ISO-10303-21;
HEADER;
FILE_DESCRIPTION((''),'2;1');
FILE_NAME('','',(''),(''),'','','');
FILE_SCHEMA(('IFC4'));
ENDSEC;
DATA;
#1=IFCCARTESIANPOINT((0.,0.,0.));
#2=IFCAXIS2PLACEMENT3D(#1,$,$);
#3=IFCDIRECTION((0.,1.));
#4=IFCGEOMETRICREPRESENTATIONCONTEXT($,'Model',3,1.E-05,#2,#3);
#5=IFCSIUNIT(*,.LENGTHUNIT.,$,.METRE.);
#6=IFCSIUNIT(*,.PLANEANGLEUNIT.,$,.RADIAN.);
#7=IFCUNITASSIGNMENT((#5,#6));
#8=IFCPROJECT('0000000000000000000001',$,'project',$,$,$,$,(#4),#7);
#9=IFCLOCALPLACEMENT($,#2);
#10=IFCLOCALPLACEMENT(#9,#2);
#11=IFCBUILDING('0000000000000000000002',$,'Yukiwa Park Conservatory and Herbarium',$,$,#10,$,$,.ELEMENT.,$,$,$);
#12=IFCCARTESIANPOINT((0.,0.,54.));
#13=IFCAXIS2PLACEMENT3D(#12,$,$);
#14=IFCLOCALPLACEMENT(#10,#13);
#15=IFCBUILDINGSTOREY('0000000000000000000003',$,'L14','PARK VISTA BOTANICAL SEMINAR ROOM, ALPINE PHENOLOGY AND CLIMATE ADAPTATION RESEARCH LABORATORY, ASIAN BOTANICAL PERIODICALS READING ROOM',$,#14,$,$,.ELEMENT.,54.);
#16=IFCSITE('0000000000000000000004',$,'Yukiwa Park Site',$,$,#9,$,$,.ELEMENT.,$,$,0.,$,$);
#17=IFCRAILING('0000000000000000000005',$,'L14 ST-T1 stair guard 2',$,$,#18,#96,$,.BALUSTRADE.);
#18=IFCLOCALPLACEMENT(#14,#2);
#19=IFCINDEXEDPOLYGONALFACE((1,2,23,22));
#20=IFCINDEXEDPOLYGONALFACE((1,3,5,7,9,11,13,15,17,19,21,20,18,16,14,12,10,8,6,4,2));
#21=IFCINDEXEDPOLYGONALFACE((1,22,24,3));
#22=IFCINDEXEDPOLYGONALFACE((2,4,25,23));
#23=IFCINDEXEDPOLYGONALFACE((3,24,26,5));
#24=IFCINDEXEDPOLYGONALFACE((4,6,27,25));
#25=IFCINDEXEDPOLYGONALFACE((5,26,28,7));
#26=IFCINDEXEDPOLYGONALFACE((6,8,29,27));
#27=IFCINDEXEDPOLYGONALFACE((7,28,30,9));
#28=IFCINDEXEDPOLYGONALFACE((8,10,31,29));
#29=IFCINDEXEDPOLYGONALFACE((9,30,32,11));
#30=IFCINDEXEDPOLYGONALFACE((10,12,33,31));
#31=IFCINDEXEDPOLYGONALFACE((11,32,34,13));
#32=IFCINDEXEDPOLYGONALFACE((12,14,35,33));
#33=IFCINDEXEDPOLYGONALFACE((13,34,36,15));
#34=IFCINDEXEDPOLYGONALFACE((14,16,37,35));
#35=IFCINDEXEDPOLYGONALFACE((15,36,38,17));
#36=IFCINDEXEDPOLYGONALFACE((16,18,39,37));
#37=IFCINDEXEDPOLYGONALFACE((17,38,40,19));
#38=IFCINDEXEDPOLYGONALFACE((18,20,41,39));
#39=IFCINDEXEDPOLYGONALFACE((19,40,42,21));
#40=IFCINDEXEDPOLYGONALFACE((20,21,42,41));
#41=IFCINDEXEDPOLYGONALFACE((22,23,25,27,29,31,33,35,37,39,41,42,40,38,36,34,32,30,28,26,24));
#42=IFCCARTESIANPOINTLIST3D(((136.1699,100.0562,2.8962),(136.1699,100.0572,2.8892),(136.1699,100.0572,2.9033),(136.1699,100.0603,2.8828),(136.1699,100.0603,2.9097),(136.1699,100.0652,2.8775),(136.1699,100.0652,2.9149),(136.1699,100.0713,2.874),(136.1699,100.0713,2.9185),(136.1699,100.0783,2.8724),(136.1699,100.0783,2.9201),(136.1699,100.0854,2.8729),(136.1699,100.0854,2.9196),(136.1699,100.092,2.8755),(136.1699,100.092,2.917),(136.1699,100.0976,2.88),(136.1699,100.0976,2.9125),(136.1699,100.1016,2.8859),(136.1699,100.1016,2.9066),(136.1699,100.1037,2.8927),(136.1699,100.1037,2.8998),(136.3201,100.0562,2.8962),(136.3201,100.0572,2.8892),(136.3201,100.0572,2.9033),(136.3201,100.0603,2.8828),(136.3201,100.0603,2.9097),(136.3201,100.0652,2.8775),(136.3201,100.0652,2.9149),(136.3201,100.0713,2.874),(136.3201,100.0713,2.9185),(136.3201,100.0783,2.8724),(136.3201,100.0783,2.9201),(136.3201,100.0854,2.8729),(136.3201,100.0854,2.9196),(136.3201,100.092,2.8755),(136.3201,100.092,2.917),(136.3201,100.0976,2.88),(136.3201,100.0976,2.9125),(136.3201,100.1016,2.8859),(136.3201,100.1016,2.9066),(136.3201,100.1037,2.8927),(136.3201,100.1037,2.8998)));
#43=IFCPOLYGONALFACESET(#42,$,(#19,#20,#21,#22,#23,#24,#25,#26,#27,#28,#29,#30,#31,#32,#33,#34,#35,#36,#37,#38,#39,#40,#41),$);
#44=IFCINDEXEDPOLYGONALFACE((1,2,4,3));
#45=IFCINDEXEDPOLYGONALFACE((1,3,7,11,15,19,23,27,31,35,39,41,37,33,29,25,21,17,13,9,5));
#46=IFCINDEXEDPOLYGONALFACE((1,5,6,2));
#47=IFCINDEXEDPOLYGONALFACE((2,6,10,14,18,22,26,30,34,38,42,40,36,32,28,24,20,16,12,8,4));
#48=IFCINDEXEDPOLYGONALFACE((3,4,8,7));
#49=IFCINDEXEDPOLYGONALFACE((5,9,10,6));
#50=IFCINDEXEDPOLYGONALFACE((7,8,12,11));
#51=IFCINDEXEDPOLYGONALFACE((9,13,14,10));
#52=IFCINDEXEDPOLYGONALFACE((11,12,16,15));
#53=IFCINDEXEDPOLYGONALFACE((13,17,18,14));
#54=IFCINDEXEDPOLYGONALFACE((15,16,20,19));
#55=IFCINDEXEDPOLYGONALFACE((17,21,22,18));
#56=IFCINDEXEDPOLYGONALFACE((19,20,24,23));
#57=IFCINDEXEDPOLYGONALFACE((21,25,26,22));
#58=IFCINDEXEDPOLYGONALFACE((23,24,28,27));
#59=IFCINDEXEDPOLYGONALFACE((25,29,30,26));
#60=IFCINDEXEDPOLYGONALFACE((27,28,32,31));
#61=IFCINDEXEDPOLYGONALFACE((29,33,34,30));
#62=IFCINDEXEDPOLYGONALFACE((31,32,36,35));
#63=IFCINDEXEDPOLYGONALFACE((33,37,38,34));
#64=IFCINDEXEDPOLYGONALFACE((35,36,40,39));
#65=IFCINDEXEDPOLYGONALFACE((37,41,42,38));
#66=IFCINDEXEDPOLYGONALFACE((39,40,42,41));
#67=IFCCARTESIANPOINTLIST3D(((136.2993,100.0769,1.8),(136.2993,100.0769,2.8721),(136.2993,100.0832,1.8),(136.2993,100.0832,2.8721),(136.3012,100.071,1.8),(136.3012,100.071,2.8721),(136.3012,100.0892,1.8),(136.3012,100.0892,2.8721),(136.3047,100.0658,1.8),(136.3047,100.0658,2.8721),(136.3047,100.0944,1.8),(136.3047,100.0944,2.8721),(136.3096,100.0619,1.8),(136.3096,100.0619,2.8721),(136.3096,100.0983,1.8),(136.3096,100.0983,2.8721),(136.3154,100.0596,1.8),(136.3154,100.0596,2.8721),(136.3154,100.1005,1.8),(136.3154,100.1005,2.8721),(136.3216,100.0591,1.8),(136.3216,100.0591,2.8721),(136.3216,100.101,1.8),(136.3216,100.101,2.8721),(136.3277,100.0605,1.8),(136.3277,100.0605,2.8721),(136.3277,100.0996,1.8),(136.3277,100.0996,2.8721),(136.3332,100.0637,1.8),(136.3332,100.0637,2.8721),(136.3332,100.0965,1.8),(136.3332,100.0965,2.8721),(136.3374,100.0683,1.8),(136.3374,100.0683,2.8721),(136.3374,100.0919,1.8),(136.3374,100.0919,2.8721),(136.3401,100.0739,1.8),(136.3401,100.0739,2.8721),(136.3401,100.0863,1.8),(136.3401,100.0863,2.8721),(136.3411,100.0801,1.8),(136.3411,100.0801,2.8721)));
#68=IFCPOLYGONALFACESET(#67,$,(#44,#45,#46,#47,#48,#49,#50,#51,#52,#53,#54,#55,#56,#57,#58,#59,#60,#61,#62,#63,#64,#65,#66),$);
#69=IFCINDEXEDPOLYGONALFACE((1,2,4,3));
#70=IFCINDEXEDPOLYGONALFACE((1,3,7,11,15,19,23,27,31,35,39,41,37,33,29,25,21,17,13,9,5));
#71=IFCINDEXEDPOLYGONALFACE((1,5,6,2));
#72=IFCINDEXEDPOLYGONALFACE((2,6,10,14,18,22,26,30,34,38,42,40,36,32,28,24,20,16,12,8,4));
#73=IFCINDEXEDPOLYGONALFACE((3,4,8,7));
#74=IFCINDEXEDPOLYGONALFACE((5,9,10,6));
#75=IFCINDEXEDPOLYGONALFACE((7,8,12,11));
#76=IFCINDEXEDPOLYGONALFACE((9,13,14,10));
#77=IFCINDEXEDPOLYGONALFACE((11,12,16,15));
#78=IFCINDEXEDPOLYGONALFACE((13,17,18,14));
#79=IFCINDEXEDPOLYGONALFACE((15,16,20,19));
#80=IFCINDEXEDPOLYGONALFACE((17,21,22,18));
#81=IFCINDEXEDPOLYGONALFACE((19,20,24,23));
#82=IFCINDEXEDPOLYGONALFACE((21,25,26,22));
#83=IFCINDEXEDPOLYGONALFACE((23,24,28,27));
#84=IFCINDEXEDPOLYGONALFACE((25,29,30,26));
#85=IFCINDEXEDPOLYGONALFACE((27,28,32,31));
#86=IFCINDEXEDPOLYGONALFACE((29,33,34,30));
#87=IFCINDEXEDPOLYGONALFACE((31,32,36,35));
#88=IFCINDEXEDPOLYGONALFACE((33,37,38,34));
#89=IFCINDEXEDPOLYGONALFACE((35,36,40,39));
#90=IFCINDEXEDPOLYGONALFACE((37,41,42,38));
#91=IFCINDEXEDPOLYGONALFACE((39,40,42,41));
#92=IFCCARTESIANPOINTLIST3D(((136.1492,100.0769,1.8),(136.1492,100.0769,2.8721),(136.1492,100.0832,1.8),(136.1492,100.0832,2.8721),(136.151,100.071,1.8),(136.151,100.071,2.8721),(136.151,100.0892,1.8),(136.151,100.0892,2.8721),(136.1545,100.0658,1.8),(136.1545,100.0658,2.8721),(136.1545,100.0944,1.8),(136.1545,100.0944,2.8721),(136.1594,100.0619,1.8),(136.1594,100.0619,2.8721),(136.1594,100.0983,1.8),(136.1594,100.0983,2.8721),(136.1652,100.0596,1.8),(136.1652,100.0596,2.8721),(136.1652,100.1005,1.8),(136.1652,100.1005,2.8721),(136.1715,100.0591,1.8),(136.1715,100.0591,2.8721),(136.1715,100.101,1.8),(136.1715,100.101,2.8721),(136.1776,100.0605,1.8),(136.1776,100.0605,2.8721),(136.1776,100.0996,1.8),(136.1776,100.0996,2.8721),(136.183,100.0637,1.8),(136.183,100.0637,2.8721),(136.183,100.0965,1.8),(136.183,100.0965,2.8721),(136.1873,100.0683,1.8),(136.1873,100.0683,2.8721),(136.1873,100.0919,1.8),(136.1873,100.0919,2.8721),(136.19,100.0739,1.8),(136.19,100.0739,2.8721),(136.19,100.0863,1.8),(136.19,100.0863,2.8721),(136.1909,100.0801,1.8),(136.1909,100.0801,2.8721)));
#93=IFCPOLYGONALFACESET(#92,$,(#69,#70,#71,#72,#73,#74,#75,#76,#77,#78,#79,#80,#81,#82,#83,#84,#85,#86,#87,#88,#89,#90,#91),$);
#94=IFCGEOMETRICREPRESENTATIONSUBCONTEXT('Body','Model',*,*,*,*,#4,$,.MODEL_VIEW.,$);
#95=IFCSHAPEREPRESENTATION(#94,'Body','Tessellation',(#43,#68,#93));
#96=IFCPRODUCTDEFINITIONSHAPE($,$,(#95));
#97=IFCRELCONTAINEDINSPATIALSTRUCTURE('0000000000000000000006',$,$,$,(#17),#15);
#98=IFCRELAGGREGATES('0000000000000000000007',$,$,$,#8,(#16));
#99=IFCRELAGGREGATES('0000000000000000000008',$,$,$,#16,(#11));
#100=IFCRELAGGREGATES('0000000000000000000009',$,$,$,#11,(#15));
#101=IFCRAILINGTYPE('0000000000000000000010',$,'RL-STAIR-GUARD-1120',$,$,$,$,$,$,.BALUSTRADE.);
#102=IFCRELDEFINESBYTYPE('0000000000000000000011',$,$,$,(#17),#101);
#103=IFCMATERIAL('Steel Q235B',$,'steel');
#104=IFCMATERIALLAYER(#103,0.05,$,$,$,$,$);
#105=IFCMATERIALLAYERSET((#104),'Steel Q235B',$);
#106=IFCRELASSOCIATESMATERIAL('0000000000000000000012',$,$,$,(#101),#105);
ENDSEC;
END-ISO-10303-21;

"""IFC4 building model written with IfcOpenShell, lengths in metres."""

from ifc_helpers import new_model, si_unit, direction, frame, origin, origin_2d, place, context, subcontext, project, spatial, circle, extrude, material, layer, layer_set, type_object, element, save


model = new_model("IFC4")

# Units and contexts
model_context = context("Model", 3, precision=1e-05, world=origin(), true_north=direction((0.0, 1.0)))
body_context = subcontext(model_context, "Body", "Model", "MODEL_VIEW")
ifc_project = project(units=[si_unit("LENGTHUNIT", "METRE"), si_unit("PLANEANGLEUNIT", "RADIAN")], contexts=[model_context])

# Site, building, storey
site_placement = place(None, origin())
site = spatial("IfcSite", under=ifc_project, at=site_placement, Name="Yukiwa Park Site", CompositionType="ELEMENT", RefElevation=0.0)
building_placement = place(site_placement, origin())
building = spatial("IfcBuilding", under=site, at=building_placement, Name="Yukiwa Park Conservatory and Herbarium", CompositionType="ELEMENT")
storey_placement = place(building_placement, frame((0.0, 0.0, 54.0)))
storey = spatial("IfcBuildingStorey", under=building, at=storey_placement, Name="L14", Description="PARK VISTA BOTANICAL SEMINAR ROOM, ALPINE PHENOLOGY AND CLIMATE ADAPTATION RESEARCH LABORATORY, ASIAN BOTANICAL PERIODICALS READING ROOM", CompositionType="ELEMENT", Elevation=54.0)

# Railing
ifc_material_1 = material(Name="Steel Q235B", Category="steel")
ifc_layer_1 = layer(ifc_material_1, 0.05)
ifc_layer_set_1 = layer_set([ifc_layer_1], Name="Steel Q235B")
railing_type_1 = type_object("IfcRailingType", Name="RL-STAIR-GUARD-1120", PredefinedType="BALUSTRADE", material=ifc_layer_set_1)
railing_1_placement = place(storey_placement, frame((136.3201, 100.0801, 1.8)))
element("IfcRailing", 1, at=railing_1_placement, inside=storey, type_object=railing_type_1, Name="L14 ST-T1 stair guard 2", PredefinedType="BALUSTRADE", context=body_context, shape_type="SweptSolid", body=[
    extrude(circle(Radius=0.0239, at=origin_2d()), frame((0.0, 0.0, 1.0962), z_axis=(-1.0, 0.0, 0.0), x_axis=(0.0, -1.0, 0.0)), (0.0, 0.0, 1.0), 0.1501),
    extrude(circle(Radius=0.021, at=origin_2d()), origin(), (0.0, 0.0, 1.0), 1.072),
    extrude(circle(Radius=0.021, at=origin_2d()), frame((-0.1501, 0.0, 0.0)), (0.0, 0.0, 1.0), 1.072),
])

save(model, "model.ifc")
